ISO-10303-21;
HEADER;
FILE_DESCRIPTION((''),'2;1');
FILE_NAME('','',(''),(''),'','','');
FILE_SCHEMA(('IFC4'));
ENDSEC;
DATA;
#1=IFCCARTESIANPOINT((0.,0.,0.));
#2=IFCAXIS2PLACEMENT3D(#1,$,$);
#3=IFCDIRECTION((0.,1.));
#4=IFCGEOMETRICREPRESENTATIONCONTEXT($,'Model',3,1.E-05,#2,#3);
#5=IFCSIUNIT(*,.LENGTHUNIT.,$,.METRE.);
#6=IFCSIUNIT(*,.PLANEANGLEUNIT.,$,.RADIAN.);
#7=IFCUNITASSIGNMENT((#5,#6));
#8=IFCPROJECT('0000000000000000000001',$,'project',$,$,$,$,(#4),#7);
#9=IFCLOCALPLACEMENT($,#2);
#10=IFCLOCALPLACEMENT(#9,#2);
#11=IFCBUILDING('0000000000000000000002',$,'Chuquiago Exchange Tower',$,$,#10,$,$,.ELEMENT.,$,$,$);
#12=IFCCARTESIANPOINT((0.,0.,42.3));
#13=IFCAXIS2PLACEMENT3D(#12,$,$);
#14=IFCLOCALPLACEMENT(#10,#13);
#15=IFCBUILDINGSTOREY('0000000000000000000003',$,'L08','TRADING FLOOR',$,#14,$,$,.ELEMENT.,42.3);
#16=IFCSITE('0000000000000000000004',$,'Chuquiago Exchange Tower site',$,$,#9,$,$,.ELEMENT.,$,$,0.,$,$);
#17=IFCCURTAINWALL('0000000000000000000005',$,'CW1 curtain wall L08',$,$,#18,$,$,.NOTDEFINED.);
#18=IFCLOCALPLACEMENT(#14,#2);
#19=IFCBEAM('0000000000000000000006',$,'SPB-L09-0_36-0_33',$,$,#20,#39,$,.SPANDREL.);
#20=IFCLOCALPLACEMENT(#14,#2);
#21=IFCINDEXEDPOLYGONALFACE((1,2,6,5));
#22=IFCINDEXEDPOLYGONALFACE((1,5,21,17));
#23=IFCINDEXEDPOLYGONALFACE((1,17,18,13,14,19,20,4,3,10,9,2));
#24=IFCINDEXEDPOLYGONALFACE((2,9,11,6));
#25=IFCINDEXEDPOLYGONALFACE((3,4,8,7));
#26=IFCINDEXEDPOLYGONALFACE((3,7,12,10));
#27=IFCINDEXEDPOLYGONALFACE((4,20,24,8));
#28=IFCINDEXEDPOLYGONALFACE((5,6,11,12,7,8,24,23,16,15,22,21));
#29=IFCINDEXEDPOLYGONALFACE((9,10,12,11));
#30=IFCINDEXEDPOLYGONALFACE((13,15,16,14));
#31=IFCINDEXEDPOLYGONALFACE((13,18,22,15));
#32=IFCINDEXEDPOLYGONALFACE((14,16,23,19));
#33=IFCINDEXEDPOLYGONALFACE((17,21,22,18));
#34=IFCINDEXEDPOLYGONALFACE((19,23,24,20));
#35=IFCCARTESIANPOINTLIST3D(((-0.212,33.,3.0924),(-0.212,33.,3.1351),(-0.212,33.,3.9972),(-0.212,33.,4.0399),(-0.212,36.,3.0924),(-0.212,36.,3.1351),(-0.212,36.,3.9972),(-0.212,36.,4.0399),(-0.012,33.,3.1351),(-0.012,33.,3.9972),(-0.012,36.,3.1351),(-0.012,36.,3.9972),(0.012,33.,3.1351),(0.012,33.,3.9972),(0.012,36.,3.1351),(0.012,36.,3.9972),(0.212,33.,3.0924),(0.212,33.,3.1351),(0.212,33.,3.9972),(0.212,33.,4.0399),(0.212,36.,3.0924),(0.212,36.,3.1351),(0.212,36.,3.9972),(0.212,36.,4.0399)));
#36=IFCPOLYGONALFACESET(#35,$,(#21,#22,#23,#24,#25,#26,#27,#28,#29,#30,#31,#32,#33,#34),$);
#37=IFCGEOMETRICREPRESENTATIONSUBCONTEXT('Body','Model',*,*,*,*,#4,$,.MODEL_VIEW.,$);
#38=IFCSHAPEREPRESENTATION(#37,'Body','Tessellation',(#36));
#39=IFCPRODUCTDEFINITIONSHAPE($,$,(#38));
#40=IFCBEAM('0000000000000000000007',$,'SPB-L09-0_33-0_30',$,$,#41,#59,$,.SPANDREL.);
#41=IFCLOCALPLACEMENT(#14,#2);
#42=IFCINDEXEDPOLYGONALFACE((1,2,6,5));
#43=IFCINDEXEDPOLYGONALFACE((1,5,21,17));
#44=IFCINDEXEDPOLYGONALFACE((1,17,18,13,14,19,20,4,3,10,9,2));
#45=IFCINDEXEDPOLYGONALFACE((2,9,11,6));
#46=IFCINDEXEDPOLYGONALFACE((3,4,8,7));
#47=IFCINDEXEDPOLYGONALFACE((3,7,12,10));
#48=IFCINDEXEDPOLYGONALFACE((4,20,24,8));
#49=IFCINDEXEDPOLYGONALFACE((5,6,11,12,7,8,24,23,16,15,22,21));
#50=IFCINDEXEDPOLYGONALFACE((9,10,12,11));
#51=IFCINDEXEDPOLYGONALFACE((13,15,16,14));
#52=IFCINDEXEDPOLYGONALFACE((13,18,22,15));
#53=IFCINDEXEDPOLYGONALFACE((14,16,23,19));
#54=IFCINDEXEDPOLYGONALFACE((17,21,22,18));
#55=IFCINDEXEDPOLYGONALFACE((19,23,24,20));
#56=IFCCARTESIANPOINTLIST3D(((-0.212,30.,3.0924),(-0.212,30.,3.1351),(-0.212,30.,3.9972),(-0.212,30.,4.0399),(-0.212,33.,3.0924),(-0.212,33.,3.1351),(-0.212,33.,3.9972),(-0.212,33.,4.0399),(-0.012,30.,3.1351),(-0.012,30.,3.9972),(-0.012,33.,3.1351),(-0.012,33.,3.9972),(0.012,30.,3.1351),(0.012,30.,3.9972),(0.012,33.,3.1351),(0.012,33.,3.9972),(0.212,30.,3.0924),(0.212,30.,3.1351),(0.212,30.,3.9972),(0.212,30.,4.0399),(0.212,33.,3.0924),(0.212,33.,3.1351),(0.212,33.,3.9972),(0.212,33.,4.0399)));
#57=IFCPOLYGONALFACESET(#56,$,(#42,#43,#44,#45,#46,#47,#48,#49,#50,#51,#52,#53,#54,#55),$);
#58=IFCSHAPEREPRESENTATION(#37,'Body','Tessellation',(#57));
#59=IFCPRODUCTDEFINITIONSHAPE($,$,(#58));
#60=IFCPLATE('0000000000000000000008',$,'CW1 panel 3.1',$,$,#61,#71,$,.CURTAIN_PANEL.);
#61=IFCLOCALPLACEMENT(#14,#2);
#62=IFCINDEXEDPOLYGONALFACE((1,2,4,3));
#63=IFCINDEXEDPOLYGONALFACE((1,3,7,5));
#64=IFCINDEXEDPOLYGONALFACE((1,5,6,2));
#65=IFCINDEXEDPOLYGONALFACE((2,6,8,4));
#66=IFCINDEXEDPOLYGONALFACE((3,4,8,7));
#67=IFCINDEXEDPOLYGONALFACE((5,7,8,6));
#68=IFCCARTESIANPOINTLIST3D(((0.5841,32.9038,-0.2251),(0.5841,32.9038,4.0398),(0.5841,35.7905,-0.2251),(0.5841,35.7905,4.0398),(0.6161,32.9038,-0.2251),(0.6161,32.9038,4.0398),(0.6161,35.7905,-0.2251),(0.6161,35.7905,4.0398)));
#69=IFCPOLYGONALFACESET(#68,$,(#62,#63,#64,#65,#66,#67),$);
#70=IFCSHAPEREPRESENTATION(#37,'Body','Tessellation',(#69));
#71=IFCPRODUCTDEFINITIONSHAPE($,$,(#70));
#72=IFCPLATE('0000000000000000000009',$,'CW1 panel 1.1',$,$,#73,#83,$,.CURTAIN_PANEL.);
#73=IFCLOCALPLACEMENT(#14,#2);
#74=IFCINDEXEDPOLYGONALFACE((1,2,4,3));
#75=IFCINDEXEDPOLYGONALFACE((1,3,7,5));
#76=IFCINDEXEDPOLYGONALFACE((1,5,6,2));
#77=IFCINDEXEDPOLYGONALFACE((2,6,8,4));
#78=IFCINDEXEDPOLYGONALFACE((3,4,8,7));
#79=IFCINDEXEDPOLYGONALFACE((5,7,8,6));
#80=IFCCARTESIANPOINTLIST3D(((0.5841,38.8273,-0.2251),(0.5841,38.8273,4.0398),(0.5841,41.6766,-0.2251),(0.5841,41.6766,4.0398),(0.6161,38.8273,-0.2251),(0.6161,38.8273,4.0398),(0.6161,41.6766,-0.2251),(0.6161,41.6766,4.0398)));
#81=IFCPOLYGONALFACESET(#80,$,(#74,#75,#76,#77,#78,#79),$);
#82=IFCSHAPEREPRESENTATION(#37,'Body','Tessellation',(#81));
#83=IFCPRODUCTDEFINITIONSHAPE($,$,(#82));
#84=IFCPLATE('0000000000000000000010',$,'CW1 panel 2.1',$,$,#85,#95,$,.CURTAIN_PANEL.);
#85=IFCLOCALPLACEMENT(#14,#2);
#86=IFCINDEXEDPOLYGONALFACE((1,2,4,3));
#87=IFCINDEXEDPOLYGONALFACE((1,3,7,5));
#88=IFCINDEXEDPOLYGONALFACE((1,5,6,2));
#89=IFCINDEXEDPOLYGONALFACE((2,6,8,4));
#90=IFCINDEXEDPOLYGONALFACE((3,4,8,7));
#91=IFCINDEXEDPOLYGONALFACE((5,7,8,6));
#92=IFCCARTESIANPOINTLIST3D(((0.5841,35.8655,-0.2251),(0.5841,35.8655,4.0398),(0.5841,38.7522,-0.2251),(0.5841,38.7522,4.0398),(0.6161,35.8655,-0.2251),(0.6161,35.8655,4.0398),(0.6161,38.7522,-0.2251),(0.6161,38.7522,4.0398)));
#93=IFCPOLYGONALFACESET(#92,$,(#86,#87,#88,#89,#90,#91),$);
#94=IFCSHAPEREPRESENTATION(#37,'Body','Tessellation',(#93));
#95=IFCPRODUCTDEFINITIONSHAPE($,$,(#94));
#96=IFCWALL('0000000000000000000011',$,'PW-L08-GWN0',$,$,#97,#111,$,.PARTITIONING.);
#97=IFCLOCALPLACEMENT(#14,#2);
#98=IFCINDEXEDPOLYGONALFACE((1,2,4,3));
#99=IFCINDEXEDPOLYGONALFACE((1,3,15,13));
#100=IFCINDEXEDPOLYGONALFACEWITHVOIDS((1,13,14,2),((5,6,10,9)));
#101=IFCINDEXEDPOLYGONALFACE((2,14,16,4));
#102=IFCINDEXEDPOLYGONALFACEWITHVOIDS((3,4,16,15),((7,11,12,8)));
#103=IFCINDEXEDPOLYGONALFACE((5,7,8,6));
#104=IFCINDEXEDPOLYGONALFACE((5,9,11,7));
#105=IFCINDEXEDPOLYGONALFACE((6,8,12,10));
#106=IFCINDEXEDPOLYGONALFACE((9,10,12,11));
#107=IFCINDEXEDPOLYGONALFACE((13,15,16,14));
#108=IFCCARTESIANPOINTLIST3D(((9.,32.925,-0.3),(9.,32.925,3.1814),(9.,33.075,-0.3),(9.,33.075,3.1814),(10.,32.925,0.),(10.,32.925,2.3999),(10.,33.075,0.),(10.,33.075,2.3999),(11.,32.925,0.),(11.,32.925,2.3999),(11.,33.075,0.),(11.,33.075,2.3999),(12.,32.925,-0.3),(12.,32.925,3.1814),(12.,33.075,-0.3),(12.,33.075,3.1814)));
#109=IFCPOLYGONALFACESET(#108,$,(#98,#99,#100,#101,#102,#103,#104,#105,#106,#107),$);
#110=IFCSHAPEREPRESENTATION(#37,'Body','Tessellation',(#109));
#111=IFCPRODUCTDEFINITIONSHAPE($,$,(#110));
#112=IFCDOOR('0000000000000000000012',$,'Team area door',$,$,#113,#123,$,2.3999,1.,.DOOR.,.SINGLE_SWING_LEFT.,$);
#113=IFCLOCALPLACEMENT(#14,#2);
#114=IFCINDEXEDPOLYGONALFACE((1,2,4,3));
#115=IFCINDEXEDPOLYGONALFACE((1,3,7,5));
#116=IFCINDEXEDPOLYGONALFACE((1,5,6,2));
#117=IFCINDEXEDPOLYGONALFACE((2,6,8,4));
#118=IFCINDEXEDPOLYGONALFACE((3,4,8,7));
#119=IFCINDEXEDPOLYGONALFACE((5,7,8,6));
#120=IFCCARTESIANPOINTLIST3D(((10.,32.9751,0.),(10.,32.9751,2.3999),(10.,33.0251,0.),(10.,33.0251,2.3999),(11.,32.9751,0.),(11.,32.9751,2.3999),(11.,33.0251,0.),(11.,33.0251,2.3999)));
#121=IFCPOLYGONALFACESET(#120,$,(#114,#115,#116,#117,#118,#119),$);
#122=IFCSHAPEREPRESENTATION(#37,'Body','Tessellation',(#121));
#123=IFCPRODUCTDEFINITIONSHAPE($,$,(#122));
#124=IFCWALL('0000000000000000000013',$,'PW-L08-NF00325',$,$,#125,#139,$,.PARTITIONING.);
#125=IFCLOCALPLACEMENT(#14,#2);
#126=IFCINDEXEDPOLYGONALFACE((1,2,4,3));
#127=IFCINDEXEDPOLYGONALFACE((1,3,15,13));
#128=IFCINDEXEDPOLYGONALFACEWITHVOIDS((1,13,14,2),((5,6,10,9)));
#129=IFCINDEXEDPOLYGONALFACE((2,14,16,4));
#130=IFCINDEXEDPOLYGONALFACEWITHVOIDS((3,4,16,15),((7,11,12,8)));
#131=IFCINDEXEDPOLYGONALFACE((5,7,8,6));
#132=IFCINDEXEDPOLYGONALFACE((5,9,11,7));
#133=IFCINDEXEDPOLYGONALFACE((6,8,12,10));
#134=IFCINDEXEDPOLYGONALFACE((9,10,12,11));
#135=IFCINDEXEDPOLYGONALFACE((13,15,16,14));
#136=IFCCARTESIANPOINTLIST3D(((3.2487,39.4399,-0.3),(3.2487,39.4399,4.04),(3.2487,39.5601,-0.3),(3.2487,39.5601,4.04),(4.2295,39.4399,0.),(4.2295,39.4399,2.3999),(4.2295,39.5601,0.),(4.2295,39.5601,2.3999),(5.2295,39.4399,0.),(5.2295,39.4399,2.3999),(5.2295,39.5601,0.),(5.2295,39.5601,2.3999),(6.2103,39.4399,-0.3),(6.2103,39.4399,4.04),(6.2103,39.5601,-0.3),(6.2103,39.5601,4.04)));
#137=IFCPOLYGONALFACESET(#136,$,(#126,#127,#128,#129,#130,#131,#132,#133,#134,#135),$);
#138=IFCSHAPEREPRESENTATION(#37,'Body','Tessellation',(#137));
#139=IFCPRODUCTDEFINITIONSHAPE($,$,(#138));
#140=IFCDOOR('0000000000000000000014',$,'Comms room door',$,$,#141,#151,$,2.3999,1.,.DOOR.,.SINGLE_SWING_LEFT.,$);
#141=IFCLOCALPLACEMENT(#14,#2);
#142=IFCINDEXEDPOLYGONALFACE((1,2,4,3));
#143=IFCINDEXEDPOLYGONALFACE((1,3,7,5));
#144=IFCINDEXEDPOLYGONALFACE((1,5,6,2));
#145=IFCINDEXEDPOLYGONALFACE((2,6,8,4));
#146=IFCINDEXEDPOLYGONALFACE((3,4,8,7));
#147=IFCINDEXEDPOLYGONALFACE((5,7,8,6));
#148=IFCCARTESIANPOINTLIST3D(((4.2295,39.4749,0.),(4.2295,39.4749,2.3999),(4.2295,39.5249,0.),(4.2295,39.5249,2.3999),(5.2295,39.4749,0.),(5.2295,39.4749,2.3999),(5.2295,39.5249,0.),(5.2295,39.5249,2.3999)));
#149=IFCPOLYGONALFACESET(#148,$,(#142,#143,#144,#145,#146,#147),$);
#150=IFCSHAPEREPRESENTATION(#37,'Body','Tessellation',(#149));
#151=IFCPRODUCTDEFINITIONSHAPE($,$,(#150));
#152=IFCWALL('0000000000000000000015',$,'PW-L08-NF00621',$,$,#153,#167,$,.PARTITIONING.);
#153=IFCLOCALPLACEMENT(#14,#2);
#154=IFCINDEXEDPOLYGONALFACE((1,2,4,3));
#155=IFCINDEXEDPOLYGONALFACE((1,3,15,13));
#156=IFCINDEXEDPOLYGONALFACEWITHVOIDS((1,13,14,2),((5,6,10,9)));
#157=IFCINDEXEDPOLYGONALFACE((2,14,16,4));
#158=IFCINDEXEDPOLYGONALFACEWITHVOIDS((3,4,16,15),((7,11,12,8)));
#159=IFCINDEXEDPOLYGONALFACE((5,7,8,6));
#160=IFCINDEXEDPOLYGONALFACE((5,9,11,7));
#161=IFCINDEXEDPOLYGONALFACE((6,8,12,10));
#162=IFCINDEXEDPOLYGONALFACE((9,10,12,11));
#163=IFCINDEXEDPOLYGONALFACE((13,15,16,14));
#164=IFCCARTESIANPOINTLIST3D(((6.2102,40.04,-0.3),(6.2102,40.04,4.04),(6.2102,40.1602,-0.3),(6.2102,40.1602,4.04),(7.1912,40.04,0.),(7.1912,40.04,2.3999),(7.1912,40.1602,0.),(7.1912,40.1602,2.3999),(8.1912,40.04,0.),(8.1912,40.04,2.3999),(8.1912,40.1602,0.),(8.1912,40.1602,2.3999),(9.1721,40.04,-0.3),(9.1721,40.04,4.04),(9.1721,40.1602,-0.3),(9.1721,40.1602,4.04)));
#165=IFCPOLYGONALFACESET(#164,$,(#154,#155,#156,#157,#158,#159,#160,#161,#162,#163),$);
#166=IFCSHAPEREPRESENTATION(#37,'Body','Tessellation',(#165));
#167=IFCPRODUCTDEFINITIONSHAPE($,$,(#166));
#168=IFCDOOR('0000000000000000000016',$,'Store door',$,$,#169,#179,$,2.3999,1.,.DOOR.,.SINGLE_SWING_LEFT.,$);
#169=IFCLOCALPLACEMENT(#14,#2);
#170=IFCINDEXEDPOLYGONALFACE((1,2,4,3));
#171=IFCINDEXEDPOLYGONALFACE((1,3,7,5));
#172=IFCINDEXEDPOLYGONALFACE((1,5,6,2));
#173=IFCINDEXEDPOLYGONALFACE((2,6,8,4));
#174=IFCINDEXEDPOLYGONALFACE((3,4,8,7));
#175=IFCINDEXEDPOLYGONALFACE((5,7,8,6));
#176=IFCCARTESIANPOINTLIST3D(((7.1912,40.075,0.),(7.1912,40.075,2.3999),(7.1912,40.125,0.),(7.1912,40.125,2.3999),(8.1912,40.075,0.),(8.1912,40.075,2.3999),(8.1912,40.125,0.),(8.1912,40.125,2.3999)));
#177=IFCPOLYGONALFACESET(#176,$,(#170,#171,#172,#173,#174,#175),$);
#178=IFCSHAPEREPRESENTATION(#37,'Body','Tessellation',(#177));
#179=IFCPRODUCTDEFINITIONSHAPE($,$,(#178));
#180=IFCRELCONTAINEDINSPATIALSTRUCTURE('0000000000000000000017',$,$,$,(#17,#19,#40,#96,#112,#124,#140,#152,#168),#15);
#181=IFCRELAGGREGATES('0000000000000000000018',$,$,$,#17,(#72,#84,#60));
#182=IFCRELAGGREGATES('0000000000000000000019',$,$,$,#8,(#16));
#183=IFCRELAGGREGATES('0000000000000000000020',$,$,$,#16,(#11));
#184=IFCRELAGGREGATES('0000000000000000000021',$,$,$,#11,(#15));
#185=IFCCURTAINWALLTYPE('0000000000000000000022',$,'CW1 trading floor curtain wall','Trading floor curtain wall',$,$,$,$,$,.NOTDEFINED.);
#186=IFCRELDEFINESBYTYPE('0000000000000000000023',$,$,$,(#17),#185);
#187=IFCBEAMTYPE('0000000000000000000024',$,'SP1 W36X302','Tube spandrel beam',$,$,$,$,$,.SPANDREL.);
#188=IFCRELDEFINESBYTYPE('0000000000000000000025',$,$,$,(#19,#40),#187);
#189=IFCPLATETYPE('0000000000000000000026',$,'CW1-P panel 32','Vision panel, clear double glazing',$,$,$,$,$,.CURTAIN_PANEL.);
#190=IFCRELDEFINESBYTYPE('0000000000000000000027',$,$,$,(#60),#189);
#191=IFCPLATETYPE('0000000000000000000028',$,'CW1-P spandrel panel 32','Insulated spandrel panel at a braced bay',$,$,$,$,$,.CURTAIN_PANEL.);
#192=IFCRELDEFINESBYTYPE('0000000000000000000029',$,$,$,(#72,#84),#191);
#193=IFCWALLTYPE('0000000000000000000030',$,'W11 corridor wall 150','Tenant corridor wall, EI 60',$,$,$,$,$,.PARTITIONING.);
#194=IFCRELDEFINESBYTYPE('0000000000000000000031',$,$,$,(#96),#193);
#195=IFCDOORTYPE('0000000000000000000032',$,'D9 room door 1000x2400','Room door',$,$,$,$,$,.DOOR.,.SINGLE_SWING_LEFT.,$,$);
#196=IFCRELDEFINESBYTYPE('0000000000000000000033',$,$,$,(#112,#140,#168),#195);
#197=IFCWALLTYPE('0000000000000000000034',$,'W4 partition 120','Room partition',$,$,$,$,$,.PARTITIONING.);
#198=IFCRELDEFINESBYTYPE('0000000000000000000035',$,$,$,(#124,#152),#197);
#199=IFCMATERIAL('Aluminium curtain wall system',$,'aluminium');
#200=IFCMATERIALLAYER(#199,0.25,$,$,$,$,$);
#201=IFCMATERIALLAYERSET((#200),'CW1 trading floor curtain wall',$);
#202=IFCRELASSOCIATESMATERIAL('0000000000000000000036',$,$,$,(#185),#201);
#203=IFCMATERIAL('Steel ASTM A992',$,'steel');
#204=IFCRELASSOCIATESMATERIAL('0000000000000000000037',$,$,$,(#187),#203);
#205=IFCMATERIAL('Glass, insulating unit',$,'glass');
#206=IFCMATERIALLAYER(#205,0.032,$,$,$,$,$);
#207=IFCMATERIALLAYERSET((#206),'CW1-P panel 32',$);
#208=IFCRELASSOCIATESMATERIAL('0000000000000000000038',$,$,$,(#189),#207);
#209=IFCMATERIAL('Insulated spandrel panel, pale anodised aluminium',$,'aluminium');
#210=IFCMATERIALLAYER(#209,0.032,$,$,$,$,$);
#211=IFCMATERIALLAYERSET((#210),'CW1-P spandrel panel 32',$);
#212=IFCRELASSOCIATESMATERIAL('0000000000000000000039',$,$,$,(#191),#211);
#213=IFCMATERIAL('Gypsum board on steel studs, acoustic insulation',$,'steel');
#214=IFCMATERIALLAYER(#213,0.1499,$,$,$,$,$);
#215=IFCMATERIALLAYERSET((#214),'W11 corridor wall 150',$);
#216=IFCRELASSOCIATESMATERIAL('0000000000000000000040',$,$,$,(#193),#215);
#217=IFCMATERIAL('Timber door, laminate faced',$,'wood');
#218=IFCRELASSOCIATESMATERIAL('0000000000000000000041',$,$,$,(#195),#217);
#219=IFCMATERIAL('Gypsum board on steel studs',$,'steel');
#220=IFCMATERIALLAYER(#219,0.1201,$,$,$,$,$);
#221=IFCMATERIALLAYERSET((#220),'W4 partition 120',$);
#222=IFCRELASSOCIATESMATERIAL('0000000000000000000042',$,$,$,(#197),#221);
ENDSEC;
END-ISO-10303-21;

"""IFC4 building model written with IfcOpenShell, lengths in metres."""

from ifc_helpers import new_model, si_unit, direction, frame, frame_2d, origin, origin_2d, place, context, subcontext, project, spatial, rectangle, i_section, extrude, material, layer, layer_set, material_profile, profile_set, type_object, element, fill, aggregate, save


model = new_model("IFC4")

# Units and contexts
model_context = context("Model", 3, precision=1e-05, world=origin(), true_north=direction((0.0, 1.0)))
body_context = subcontext(model_context, "Body", "Model", "MODEL_VIEW")
ifc_project = project(units=[si_unit("LENGTHUNIT", "METRE"), si_unit("PLANEANGLEUNIT", "RADIAN")], contexts=[model_context])

# Site, building, storey
site_placement = place(None, origin())
site = spatial("IfcSite", under=ifc_project, at=site_placement, Name="Chuquiago Exchange Tower site", CompositionType="ELEMENT", RefElevation=0.0)
building_placement = place(site_placement, origin())
building = spatial("IfcBuilding", under=site, at=building_placement, Name="Chuquiago Exchange Tower", CompositionType="ELEMENT")
storey_placement = place(building_placement, frame((0.0, 0.0, 42.3)))
storey = spatial("IfcBuildingStorey", under=building, at=storey_placement, Name="L08", Description="TRADING FLOOR", CompositionType="ELEMENT", Elevation=42.3)

# Curtain wall
ifc_material_1 = material(Name="Aluminium curtain wall system", Category="aluminium")
ifc_layer_1 = layer(ifc_material_1, 0.25)
ifc_layer_set_1 = layer_set([ifc_layer_1], Name="CW1 trading floor curtain wall")
curtain_wall_type_1 = type_object("IfcCurtainWallType", Name="CW1 trading floor curtain wall", Description="Trading floor curtain wall", PredefinedType="NOTDEFINED", material=ifc_layer_set_1)
curtain_wall_1_placement = place(storey_placement, origin())
curtain_wall_1 = element("IfcCurtainWall", 1, at=curtain_wall_1_placement, inside=storey, type_object=curtain_wall_type_1, Name="CW1 curtain wall L08", PredefinedType="NOTDEFINED")

# Beams
ifc_material_2 = material(Name="Steel ASTM A992", Category="steel")
ifc_material_profile_1 = material_profile(ifc_material_2, i_section(OverallWidth=0.4241, OverallDepth=0.9475, WebThickness=0.0239, FlangeThickness=0.0427, at=origin_2d()), Name="W36X302")
ifc_profile_set_1 = profile_set([ifc_material_profile_1], Name="Steel ASTM A992")
beam_type = type_object("IfcBeamType", Name="SP1 W36X302", Description="Tube spandrel beam", PredefinedType="SPANDREL", material=ifc_profile_set_1)
for number, where, z_axis, x_axis, name in (
    (2, (0.0, 36.0, 3.5662), (0.0, -1.0, 0.0), (1.0, 0.0, 0.0), "SPB-L09-0_36-0_33"),
    (3, (0.0, 33.0, 3.5662), (0.0, -1.0, 0.0), (1.0, 0.0, 0.0), "SPB-L09-0_33-0_30"),
):
    element("IfcBeam", number, at=place(storey_placement, frame(where, z_axis=z_axis, x_axis=x_axis)), inside=storey, type_object=beam_type, Name=name, PredefinedType="SPANDREL", context=body_context, shape_type="SweptSolid", body=[
        extrude(i_section(OverallWidth=0.4241, OverallDepth=0.9475, WebThickness=0.0239, FlangeThickness=0.0427, at=origin_2d()), origin(), (0.0, 0.0, 1.0), 3.0),
    ])

# Plates
ifc_material_3 = material(Name="Glass, insulating unit", Category="glass")
ifc_layer_2 = layer(ifc_material_3, 0.032)
ifc_layer_set_2 = layer_set([ifc_layer_2], Name="CW1-P panel 32")
plate_type_1 = type_object("IfcPlateType", Name="CW1-P panel 32", Description="Vision panel, clear double glazing", PredefinedType="CURTAIN_PANEL", material=ifc_layer_set_2)
plate_1_placement = place(storey_placement, frame((0.6001, 34.3472, -0.2251), z_axis=(0.0, 0.0, 1.0), x_axis=(0.0, -1.0, 0.0)))
plate_1 = element("IfcPlate", 4, at=plate_1_placement, type_object=plate_type_1, Name="CW1 panel 3.1", PredefinedType="CURTAIN_PANEL", context=body_context, shape_type="SweptSolid", body=[
    extrude(rectangle(XDim=2.8867, YDim=0.032, at=origin_2d()), origin(), (0.0, 0.0, 1.0), 4.2649),
])
ifc_material_4 = material(Name="Insulated spandrel panel, pale anodised aluminium", Category="aluminium")
ifc_layer_3 = layer(ifc_material_4, 0.032)
ifc_layer_set_3 = layer_set([ifc_layer_3], Name="CW1-P spandrel panel 32")
plate_type_2 = type_object("IfcPlateType", Name="CW1-P spandrel panel 32", Description="Insulated spandrel panel at a braced bay", PredefinedType="CURTAIN_PANEL", material=ifc_layer_set_3)
plate_2_placement = place(storey_placement, frame((0.6001, 40.252, -0.2251), z_axis=(0.0, 0.0, 1.0), x_axis=(0.0, -1.0, 0.0)))
plate_2 = element("IfcPlate", 5, at=plate_2_placement, type_object=plate_type_2, Name="CW1 panel 1.1", PredefinedType="CURTAIN_PANEL", context=body_context, shape_type="SweptSolid", body=[
    extrude(rectangle(XDim=2.8494, YDim=0.032, at=origin_2d()), origin(), (0.0, 0.0, 1.0), 4.2649),
])
plate_3_placement = place(storey_placement, frame((0.6001, 37.3088, -0.2251), z_axis=(0.0, 0.0, 1.0), x_axis=(0.0, -1.0, 0.0)))
plate_3 = element("IfcPlate", 6, at=plate_3_placement, type_object=plate_type_2, Name="CW1 panel 2.1", PredefinedType="CURTAIN_PANEL", context=body_context, shape_type="SweptSolid", body=[
    extrude(rectangle(XDim=2.8867, YDim=0.032, at=origin_2d()), origin(), (0.0, 0.0, 1.0), 4.2649),
])
aggregate(curtain_wall_1, [plate_2, plate_3, plate_1])

# Walls, openings, doors
ifc_material_5 = material(Name="Gypsum board on steel studs, acoustic insulation", Category="steel")
ifc_layer_4 = layer(ifc_material_5, 0.1499)
ifc_layer_set_4 = layer_set([ifc_layer_4], Name="W11 corridor wall 150")
wall_type_1 = type_object("IfcWallType", Name="W11 corridor wall 150", Description="Tenant corridor wall, EI 60", PredefinedType="PARTITIONING", material=ifc_layer_set_4)
wall_1_placement = place(storey_placement, frame((9.0, 33.0, -0.3), z_axis=(0.0, 0.0, 1.0), x_axis=(1.0, 0.0, 0.0)))
wall_1 = element("IfcWall", 7, at=wall_1_placement, inside=storey, type_object=wall_type_1, Name="PW-L08-GWN0", PredefinedType="PARTITIONING", context=body_context, shape_type="SweptSolid", body=[
    extrude(rectangle(XDim=3.0, YDim=0.1499, at=frame_2d((1.5, 0.0))), origin(), (0.0, 0.0, 1.0), 3.4814),
])
opening_1_placement = place(wall_1_placement, frame((1.0, 0.0, 0.3)))
opening_1 = element("IfcOpeningElement", 8, at=opening_1_placement, cuts=wall_1, PredefinedType="OPENING", context=body_context, shape_type="SweptSolid", body=[
    extrude(rectangle(XDim=1.0, YDim=2.3999, at=frame_2d((0.5, 1.2))), frame((0.0, 0.085, 0.0), z_axis=(0.0, -1.0, 0.0), x_axis=(1.0, 0.0, 0.0)), (0.0, 0.0, 1.0), 0.1699),
])
ifc_material_6 = material(Name="Timber door, laminate faced", Category="wood")
door_type = type_object("IfcDoorType", Name="D9 room door 1000x2400", Description="Room door", OperationType="SINGLE_SWING_LEFT", PredefinedType="DOOR", material=ifc_material_6)
door_1_placement = place(opening_1_placement, frame((1.0, 0.0, 0.0), z_axis=(0.0, 0.0, 1.0), x_axis=(-1.0, 0.0, 0.0)))
door_1 = element("IfcDoor", 9, at=door_1_placement, inside=storey, type_object=door_type, Name="Team area door", OperationType="SINGLE_SWING_LEFT", OverallHeight=2.3999, OverallWidth=1.0, PredefinedType="DOOR", context=body_context, shape_type="SweptSolid", body=[
    extrude(rectangle(XDim=1.0, YDim=2.3999, at=frame_2d((0.5, 1.2))), frame((0.0, 0.0249, 0.0), z_axis=(0.0, -1.0, 0.0), x_axis=(1.0, 0.0, 0.0)), (0.0, 0.0, 1.0), 0.05),
])
fill(opening_1, door_1)
ifc_material_7 = material(Name="Gypsum board on steel studs", Category="steel")
ifc_layer_5 = layer(ifc_material_7, 0.1201)
ifc_layer_set_5 = layer_set([ifc_layer_5], Name="W4 partition 120")
wall_type_2 = type_object("IfcWallType", Name="W4 partition 120", Description="Room partition", PredefinedType="PARTITIONING", material=ifc_layer_set_5)
wall_2_placement = place(storey_placement, frame((3.2485, 39.5, -0.3), z_axis=(0.0, 0.0, 1.0), x_axis=(1.0, 0.0, 0.0)))
wall_2 = element("IfcWall", 10, at=wall_2_placement, inside=storey, type_object=wall_type_2, Name="PW-L08-NF00325", PredefinedType="PARTITIONING", context=body_context, shape_type="SweptSolid", body=[
    extrude(rectangle(XDim=2.9617, YDim=0.1201, at=frame_2d((1.481, 0.0))), origin(), (0.0, 0.0, 1.0), 4.3401),
])
opening_2_placement = place(wall_2_placement, frame((0.981, 0.0, 0.3)))
opening_2 = element("IfcOpeningElement", 11, at=opening_2_placement, cuts=wall_2, PredefinedType="OPENING", context=body_context, shape_type="SweptSolid", body=[
    extrude(rectangle(XDim=1.0, YDim=2.3999, at=frame_2d((0.5, 1.2))), frame((0.0, 0.0701, 0.0), z_axis=(0.0, -1.0, 0.0), x_axis=(1.0, 0.0, 0.0)), (0.0, 0.0, 1.0), 0.1401),
])
door_2_placement = place(opening_2_placement, origin())
door_2 = element("IfcDoor", 12, at=door_2_placement, inside=storey, type_object=door_type, Name="Comms room door", OperationType="SINGLE_SWING_LEFT", OverallHeight=2.3999, OverallWidth=1.0, PredefinedType="DOOR", context=body_context, shape_type="SweptSolid", body=[
    extrude(rectangle(XDim=1.0, YDim=2.3999, at=frame_2d((0.5, 1.2))), frame((0.0, 0.0249, 0.0), z_axis=(0.0, -1.0, 0.0), x_axis=(1.0, 0.0, 0.0)), (0.0, 0.0, 1.0), 0.05),
])
fill(opening_2, door_2)
wall_3_placement = place(storey_placement, frame((6.2102, 40.1001, -0.3), z_axis=(0.0, 0.0, 1.0), x_axis=(1.0, 0.0, 0.0)))
wall_3 = element("IfcWall", 13, at=wall_3_placement, inside=storey, type_object=wall_type_2, Name="PW-L08-NF00621", PredefinedType="PARTITIONING", context=body_context, shape_type="SweptSolid", body=[
    extrude(rectangle(XDim=2.9619, YDim=0.1201, at=frame_2d((1.481, 0.0))), origin(), (0.0, 0.0, 1.0), 4.3401),
])
opening_3_placement = place(wall_3_placement, frame((0.981, 0.0, 0.3)))
opening_3 = element("IfcOpeningElement", 14, at=opening_3_placement, cuts=wall_3, PredefinedType="OPENING", context=body_context, shape_type="SweptSolid", body=[
    extrude(rectangle(XDim=1.0, YDim=2.3999, at=frame_2d((0.5, 1.2))), frame((0.0, 0.0701, 0.0), z_axis=(0.0, -1.0, 0.0), x_axis=(1.0, 0.0, 0.0)), (0.0, 0.0, 1.0), 0.1401),
])
door_3_placement = place(opening_3_placement, origin())
door_3 = element("IfcDoor", 15, at=door_3_placement, inside=storey, type_object=door_type, Name="Store door", OperationType="SINGLE_SWING_LEFT", OverallHeight=2.3999, OverallWidth=1.0, PredefinedType="DOOR", context=body_context, shape_type="SweptSolid", body=[
    extrude(rectangle(XDim=1.0, YDim=2.3999, at=frame_2d((0.5, 1.2))), frame((0.0, 0.0249, 0.0), z_axis=(0.0, -1.0, 0.0), x_axis=(1.0, 0.0, 0.0)), (0.0, 0.0, 1.0), 0.05),
])
fill(opening_3, door_3)

save(model, "model.ifc")
